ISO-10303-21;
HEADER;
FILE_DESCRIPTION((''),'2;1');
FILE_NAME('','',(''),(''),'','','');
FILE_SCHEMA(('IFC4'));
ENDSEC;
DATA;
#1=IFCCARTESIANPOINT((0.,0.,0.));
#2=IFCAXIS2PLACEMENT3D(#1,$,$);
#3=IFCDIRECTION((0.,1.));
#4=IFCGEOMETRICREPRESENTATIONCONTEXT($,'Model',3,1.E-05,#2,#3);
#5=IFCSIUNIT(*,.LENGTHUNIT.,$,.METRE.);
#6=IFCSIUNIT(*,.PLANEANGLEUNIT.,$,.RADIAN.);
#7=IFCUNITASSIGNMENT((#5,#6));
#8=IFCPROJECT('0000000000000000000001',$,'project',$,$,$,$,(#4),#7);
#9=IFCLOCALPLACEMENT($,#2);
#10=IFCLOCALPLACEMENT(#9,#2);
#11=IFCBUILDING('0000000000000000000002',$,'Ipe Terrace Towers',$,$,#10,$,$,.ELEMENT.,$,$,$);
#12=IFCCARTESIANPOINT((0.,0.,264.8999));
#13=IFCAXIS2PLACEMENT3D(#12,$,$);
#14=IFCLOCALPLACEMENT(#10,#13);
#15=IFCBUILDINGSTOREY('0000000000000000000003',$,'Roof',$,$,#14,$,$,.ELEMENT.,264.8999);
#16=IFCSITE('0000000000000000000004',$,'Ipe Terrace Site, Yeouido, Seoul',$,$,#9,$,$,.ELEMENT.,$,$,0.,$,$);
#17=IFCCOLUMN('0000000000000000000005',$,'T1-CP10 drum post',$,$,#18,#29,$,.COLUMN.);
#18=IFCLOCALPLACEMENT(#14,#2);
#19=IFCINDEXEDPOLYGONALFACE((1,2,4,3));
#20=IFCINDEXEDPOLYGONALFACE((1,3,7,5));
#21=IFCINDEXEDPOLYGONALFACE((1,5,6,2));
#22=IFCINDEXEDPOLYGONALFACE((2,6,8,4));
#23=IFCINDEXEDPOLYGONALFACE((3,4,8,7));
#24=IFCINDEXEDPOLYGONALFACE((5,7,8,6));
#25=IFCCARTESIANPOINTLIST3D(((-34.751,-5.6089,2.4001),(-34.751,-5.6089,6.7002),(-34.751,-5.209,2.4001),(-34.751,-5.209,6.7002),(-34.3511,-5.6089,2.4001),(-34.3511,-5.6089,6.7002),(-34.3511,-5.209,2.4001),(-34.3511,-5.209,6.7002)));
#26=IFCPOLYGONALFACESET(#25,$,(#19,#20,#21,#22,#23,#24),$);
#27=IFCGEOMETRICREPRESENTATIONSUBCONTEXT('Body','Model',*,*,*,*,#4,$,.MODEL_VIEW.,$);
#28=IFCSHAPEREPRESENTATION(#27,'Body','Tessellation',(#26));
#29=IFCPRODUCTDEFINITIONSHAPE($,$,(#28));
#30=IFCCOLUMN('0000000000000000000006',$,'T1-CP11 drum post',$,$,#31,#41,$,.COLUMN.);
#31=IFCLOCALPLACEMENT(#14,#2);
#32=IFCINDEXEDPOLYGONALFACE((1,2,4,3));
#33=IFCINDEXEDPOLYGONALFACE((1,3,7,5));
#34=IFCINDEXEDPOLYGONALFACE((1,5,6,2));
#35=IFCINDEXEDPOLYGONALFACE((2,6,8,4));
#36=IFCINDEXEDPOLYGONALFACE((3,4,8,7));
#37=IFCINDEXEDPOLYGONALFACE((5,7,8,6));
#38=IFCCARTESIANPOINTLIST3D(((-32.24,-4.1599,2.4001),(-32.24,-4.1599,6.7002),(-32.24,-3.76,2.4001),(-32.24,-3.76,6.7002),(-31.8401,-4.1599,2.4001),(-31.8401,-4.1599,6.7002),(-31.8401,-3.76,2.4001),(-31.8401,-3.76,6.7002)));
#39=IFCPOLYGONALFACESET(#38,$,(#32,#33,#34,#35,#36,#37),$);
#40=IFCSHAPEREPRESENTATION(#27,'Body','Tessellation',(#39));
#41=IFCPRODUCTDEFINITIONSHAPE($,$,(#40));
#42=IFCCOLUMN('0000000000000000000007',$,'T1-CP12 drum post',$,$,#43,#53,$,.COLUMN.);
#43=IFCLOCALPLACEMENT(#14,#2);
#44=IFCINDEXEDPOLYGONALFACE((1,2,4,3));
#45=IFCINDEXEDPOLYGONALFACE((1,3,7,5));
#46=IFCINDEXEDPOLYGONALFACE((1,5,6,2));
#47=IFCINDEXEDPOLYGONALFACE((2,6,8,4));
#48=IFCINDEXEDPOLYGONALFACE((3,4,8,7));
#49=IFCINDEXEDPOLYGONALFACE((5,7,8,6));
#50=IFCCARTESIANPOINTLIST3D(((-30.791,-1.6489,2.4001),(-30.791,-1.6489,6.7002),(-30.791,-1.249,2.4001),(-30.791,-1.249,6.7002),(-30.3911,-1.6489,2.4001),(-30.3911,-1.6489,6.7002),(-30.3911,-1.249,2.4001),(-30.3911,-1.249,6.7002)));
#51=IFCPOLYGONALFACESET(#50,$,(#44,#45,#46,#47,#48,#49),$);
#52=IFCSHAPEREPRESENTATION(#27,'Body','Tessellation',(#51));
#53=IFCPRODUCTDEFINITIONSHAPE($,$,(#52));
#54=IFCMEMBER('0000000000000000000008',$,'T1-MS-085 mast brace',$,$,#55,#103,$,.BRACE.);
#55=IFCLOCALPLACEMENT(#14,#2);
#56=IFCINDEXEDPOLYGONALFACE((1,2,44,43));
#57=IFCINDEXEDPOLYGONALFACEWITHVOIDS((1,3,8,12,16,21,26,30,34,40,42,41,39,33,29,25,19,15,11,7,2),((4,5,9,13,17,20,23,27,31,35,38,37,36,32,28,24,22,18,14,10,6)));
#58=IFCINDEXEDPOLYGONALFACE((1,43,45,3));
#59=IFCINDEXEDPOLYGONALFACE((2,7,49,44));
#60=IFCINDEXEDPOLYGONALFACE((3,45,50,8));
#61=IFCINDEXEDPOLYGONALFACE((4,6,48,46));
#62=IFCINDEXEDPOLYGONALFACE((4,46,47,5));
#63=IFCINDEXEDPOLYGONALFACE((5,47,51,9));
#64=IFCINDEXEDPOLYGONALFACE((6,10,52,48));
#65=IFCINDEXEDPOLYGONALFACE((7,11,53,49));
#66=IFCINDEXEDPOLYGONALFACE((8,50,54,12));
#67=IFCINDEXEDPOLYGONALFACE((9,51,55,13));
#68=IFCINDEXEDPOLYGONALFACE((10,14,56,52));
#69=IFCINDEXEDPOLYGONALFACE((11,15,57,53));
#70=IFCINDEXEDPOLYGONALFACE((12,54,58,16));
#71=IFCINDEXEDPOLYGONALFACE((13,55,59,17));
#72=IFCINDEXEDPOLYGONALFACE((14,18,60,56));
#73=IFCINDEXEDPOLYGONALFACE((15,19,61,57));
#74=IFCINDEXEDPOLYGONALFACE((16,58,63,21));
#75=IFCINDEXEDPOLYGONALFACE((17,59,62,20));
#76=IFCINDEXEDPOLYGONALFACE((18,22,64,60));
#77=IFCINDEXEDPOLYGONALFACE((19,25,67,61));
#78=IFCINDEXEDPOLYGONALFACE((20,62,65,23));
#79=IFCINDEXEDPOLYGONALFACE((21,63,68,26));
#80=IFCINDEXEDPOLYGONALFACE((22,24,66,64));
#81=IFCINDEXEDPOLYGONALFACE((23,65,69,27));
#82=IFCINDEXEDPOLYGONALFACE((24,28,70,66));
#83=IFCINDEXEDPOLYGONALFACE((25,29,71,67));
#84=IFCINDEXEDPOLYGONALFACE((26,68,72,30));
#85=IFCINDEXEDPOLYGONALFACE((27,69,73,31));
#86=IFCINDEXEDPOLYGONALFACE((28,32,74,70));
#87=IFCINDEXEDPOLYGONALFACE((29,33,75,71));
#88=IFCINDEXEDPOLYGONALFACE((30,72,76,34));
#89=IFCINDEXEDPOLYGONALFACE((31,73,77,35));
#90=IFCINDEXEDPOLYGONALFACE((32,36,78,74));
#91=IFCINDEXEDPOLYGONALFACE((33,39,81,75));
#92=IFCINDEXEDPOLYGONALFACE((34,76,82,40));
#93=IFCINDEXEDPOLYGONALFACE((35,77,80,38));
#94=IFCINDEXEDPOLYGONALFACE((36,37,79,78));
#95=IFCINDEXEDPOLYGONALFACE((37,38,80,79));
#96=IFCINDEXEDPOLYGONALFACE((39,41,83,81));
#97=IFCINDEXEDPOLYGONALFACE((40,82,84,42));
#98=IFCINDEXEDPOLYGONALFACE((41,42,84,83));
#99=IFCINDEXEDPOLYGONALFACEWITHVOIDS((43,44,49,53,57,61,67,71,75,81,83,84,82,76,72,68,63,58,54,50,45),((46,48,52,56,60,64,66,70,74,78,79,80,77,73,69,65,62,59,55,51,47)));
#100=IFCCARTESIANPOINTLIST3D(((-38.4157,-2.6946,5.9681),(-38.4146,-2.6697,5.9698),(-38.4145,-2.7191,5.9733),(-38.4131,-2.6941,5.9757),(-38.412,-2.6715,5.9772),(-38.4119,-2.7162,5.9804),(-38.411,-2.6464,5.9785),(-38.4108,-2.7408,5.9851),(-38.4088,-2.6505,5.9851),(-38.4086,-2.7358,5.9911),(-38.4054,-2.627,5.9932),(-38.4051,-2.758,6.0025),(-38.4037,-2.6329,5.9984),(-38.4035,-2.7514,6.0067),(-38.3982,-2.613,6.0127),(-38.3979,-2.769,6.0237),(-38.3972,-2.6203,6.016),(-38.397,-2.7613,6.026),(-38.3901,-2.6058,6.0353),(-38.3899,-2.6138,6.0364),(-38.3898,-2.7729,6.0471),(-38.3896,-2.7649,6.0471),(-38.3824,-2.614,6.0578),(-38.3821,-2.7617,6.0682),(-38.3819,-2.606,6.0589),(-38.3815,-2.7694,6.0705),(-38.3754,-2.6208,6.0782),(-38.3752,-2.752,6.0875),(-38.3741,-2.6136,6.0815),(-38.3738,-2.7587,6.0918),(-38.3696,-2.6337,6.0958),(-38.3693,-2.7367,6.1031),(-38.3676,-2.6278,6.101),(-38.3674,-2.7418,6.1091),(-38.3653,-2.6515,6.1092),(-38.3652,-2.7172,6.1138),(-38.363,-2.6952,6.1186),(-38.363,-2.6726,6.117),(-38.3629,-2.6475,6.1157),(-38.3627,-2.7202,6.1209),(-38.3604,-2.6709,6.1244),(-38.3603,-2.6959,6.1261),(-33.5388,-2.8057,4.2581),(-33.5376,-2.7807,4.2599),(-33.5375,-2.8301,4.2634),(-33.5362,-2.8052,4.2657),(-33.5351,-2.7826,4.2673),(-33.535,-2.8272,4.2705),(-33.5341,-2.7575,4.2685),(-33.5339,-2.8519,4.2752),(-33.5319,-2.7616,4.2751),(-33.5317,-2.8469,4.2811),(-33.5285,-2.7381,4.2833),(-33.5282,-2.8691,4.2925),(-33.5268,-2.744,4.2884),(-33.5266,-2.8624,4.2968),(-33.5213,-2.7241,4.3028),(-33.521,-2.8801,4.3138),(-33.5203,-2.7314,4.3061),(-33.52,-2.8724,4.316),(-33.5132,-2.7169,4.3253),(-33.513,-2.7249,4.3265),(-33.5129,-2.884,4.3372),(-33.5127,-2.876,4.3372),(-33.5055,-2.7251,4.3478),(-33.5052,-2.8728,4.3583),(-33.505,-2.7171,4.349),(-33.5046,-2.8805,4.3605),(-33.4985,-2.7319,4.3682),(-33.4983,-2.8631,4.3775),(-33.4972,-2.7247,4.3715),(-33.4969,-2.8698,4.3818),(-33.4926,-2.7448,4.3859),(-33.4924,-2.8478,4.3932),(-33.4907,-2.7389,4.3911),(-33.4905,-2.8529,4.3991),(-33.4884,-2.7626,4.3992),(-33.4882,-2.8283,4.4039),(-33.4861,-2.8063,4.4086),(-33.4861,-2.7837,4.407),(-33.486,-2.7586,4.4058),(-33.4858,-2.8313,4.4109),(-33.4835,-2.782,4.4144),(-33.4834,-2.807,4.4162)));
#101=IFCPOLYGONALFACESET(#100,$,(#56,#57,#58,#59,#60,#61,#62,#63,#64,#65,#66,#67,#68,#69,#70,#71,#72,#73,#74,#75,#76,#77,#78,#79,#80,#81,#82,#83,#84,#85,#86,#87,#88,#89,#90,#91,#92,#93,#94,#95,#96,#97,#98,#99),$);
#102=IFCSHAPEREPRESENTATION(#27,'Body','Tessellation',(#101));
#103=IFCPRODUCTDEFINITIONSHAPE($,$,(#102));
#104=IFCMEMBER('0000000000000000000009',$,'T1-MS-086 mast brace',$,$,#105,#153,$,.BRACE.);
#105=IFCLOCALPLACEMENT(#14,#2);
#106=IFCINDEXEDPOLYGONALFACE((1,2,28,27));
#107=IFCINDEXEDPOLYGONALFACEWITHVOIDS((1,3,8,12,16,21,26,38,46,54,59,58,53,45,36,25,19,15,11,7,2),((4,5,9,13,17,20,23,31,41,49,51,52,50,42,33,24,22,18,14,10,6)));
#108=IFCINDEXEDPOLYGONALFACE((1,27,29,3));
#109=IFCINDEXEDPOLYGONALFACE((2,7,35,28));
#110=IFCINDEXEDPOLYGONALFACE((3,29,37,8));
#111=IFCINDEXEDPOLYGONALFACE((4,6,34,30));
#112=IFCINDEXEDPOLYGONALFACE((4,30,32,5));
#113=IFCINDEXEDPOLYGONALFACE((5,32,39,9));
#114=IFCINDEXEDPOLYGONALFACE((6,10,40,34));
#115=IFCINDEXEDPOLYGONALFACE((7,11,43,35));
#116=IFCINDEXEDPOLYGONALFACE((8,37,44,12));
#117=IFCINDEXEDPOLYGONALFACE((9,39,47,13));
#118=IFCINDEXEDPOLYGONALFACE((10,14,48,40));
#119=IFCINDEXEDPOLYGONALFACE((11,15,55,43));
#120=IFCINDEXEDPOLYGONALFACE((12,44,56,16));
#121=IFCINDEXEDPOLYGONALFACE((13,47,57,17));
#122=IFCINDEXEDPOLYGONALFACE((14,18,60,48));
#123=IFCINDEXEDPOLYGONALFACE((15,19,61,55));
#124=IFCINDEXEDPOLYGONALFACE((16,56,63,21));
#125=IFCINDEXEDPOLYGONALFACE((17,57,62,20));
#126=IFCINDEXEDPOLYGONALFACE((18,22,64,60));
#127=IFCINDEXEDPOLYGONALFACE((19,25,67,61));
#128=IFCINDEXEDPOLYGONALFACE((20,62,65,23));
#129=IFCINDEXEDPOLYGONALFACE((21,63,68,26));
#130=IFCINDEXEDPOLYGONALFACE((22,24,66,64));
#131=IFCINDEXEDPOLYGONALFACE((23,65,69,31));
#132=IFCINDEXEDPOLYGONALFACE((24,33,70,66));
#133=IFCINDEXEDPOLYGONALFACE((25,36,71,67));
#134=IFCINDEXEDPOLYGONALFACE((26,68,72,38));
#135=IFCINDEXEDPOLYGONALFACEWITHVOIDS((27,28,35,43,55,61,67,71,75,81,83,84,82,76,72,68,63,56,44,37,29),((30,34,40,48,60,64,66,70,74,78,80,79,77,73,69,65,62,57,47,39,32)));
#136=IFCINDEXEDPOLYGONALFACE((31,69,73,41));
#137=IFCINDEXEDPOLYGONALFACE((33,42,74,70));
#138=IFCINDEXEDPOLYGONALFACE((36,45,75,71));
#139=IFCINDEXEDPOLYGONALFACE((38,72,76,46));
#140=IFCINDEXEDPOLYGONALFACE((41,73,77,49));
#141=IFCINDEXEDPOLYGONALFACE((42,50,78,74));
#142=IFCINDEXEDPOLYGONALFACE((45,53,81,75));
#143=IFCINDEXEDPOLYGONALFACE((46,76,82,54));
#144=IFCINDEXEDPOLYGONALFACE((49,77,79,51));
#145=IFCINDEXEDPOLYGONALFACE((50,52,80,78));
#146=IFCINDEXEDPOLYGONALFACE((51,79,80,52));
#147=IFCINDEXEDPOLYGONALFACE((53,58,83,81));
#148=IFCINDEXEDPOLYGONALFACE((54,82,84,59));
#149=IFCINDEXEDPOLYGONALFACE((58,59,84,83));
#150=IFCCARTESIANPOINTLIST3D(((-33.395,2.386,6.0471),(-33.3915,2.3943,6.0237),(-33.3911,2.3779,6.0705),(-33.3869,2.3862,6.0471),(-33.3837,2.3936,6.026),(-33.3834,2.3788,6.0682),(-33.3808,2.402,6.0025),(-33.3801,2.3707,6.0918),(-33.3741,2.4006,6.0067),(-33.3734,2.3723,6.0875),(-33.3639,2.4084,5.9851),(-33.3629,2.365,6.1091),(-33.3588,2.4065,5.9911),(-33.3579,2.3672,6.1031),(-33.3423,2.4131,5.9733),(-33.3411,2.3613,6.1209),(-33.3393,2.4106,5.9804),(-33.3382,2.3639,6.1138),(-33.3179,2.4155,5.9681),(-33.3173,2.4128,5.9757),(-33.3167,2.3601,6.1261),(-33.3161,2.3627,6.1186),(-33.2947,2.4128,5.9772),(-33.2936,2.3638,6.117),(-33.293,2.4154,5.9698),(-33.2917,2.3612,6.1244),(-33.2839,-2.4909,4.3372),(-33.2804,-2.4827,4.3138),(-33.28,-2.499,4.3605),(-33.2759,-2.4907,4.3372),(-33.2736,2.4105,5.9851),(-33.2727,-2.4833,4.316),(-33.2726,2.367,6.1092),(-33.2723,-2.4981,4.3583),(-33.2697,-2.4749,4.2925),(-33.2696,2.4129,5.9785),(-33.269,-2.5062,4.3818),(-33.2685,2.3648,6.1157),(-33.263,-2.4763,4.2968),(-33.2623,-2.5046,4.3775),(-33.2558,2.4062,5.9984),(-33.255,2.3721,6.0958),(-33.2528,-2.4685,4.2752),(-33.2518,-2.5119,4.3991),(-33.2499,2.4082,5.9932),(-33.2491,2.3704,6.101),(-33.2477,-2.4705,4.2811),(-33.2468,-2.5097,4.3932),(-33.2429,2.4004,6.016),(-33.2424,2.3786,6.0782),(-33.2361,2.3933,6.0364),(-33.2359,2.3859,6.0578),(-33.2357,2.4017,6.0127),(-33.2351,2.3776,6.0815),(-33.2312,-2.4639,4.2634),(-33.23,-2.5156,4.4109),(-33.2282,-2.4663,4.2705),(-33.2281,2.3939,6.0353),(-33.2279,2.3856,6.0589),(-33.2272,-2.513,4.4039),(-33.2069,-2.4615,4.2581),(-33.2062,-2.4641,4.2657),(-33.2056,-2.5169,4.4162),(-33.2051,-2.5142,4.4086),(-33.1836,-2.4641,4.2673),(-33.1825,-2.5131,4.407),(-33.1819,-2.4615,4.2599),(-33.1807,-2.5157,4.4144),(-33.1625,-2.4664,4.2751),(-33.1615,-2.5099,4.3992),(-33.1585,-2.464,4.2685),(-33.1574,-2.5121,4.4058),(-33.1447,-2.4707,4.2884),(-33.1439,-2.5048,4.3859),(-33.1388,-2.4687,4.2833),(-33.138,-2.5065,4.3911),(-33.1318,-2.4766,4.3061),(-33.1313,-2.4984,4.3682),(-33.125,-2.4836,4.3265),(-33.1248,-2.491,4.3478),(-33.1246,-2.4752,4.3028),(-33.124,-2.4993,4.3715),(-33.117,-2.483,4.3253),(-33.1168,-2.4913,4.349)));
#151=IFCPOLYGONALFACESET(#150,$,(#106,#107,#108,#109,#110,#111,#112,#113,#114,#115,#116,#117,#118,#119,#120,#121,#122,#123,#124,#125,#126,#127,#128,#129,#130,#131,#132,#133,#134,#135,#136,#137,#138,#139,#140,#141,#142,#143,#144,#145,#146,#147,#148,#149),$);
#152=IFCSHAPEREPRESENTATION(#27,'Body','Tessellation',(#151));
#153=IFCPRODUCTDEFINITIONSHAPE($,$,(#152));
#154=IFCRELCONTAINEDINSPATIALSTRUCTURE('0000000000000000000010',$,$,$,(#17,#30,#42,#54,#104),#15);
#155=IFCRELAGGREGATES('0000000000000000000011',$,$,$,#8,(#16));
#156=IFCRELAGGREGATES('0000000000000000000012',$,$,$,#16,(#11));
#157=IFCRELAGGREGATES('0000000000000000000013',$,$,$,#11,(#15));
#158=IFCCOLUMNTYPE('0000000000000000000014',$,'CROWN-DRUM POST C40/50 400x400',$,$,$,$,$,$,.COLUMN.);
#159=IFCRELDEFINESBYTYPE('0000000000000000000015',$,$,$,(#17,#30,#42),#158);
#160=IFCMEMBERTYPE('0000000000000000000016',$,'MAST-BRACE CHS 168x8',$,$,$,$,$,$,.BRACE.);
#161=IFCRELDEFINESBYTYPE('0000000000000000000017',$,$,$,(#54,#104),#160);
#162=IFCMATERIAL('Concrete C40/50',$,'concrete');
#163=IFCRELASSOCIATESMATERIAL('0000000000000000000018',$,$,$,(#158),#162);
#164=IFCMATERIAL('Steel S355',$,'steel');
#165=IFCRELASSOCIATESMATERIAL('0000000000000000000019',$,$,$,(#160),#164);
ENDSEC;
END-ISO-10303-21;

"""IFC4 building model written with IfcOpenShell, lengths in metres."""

from ifc_helpers import new_model, si_unit, direction, frame, origin, origin_2d, place, context, subcontext, project, spatial, rectangle, hollow_circle, extrude, material, material_profile, profile_set, type_object, element, save


model = new_model("IFC4")

# Units and contexts
model_context = context("Model", 3, precision=1e-05, world=origin(), true_north=direction((0.0, 1.0)))
body_context = subcontext(model_context, "Body", "Model", "MODEL_VIEW")
ifc_project = project(units=[si_unit("LENGTHUNIT", "METRE"), si_unit("PLANEANGLEUNIT", "RADIAN")], contexts=[model_context])

# Site, building, storey
site_placement = place(None, origin())
site = spatial("IfcSite", under=ifc_project, at=site_placement, Name="Ipe Terrace Site, Yeouido, Seoul", CompositionType="ELEMENT", RefElevation=0.0)
building_placement = place(site_placement, origin())
building = spatial("IfcBuilding", under=site, at=building_placement, Name="Ipe Terrace Towers", CompositionType="ELEMENT")
storey_placement = place(building_placement, frame((0.0, 0.0, 264.8999)))
storey = spatial("IfcBuildingStorey", under=building, at=storey_placement, Name="Roof", CompositionType="ELEMENT", Elevation=264.8999)

# Columns
ifc_material_1 = material(Name="Concrete C40/50", Category="concrete")
ifc_material_profile_1 = material_profile(ifc_material_1, rectangle(XDim=0.3999, YDim=0.3999, at=origin_2d()), Name="CROWN-DRUM POST C40/50 400x400")
ifc_profile_set_1 = profile_set([ifc_material_profile_1], Name="Concrete C40/50")
column_type = type_object("IfcColumnType", Name="CROWN-DRUM POST C40/50 400x400", PredefinedType="COLUMN", material=ifc_profile_set_1)
for number, where, z_axis, x_axis, name in (
    (1, (-34.551, -5.4089, 2.4001), (0.0, 0.0, 1.0), (1.0, 0.0, 0.0), "T1-CP10 drum post"),
    (2, (-32.04, -3.96, 2.4001), (0.0, 0.0, 1.0), (1.0, 0.0, 0.0), "T1-CP11 drum post"),
    (3, (-30.5911, -1.449, 2.4001), (0.0, 0.0, 1.0), (1.0, 0.0, 0.0), "T1-CP12 drum post"),
):
    element("IfcColumn", number, at=place(storey_placement, frame(where, z_axis=z_axis, x_axis=x_axis)), inside=storey, type_object=column_type, Name=name, PredefinedType="COLUMN", context=body_context, shape_type="SweptSolid", body=[
        extrude(rectangle(XDim=0.3999, YDim=0.3999, at=origin_2d()), origin(), (0.0, 0.0, 1.0), 4.3),
    ])

# Members
ifc_material_2 = material(Name="Steel S355", Category="steel")
ifc_material_profile_2 = material_profile(ifc_material_2, hollow_circle(Radius=0.084, WallThickness=0.0081, at=origin_2d()), Name="MAST-BRACE CHS 168x8")
ifc_profile_set_2 = profile_set([ifc_material_profile_2], Name="Steel S355")
member_type_1 = type_object("IfcMemberType", Name="MAST-BRACE CHS 168x8", PredefinedType="BRACE", material=ifc_profile_set_2)
for number, where, z_axis, x_axis, name in (
    (4, (-33.511, -2.8, 4.3372), (-0.943458, 0.021489, 0.330796), (-0.022771, -0.999741, 0.0), "T1-MS-085 mast brace"),
    (5, (-33.2, -2.489, 4.3372), (-0.021489, 0.943458, 0.330796), (-0.999741, -0.022771, 0.0), "T1-MS-086 mast brace"),
):
    element("IfcMember", number, at=place(storey_placement, frame(where, z_axis=z_axis, x_axis=x_axis)), inside=storey, type_object=member_type_1, Name=name, PredefinedType="BRACE", context=body_context, shape_type="SweptSolid", body=[
        extrude(hollow_circle(Radius=0.084, WallThickness=0.0081, at=origin_2d()), origin(), (0.0, 0.0, 1.0), 5.1692),
    ])

save(model, "model.ifc")
